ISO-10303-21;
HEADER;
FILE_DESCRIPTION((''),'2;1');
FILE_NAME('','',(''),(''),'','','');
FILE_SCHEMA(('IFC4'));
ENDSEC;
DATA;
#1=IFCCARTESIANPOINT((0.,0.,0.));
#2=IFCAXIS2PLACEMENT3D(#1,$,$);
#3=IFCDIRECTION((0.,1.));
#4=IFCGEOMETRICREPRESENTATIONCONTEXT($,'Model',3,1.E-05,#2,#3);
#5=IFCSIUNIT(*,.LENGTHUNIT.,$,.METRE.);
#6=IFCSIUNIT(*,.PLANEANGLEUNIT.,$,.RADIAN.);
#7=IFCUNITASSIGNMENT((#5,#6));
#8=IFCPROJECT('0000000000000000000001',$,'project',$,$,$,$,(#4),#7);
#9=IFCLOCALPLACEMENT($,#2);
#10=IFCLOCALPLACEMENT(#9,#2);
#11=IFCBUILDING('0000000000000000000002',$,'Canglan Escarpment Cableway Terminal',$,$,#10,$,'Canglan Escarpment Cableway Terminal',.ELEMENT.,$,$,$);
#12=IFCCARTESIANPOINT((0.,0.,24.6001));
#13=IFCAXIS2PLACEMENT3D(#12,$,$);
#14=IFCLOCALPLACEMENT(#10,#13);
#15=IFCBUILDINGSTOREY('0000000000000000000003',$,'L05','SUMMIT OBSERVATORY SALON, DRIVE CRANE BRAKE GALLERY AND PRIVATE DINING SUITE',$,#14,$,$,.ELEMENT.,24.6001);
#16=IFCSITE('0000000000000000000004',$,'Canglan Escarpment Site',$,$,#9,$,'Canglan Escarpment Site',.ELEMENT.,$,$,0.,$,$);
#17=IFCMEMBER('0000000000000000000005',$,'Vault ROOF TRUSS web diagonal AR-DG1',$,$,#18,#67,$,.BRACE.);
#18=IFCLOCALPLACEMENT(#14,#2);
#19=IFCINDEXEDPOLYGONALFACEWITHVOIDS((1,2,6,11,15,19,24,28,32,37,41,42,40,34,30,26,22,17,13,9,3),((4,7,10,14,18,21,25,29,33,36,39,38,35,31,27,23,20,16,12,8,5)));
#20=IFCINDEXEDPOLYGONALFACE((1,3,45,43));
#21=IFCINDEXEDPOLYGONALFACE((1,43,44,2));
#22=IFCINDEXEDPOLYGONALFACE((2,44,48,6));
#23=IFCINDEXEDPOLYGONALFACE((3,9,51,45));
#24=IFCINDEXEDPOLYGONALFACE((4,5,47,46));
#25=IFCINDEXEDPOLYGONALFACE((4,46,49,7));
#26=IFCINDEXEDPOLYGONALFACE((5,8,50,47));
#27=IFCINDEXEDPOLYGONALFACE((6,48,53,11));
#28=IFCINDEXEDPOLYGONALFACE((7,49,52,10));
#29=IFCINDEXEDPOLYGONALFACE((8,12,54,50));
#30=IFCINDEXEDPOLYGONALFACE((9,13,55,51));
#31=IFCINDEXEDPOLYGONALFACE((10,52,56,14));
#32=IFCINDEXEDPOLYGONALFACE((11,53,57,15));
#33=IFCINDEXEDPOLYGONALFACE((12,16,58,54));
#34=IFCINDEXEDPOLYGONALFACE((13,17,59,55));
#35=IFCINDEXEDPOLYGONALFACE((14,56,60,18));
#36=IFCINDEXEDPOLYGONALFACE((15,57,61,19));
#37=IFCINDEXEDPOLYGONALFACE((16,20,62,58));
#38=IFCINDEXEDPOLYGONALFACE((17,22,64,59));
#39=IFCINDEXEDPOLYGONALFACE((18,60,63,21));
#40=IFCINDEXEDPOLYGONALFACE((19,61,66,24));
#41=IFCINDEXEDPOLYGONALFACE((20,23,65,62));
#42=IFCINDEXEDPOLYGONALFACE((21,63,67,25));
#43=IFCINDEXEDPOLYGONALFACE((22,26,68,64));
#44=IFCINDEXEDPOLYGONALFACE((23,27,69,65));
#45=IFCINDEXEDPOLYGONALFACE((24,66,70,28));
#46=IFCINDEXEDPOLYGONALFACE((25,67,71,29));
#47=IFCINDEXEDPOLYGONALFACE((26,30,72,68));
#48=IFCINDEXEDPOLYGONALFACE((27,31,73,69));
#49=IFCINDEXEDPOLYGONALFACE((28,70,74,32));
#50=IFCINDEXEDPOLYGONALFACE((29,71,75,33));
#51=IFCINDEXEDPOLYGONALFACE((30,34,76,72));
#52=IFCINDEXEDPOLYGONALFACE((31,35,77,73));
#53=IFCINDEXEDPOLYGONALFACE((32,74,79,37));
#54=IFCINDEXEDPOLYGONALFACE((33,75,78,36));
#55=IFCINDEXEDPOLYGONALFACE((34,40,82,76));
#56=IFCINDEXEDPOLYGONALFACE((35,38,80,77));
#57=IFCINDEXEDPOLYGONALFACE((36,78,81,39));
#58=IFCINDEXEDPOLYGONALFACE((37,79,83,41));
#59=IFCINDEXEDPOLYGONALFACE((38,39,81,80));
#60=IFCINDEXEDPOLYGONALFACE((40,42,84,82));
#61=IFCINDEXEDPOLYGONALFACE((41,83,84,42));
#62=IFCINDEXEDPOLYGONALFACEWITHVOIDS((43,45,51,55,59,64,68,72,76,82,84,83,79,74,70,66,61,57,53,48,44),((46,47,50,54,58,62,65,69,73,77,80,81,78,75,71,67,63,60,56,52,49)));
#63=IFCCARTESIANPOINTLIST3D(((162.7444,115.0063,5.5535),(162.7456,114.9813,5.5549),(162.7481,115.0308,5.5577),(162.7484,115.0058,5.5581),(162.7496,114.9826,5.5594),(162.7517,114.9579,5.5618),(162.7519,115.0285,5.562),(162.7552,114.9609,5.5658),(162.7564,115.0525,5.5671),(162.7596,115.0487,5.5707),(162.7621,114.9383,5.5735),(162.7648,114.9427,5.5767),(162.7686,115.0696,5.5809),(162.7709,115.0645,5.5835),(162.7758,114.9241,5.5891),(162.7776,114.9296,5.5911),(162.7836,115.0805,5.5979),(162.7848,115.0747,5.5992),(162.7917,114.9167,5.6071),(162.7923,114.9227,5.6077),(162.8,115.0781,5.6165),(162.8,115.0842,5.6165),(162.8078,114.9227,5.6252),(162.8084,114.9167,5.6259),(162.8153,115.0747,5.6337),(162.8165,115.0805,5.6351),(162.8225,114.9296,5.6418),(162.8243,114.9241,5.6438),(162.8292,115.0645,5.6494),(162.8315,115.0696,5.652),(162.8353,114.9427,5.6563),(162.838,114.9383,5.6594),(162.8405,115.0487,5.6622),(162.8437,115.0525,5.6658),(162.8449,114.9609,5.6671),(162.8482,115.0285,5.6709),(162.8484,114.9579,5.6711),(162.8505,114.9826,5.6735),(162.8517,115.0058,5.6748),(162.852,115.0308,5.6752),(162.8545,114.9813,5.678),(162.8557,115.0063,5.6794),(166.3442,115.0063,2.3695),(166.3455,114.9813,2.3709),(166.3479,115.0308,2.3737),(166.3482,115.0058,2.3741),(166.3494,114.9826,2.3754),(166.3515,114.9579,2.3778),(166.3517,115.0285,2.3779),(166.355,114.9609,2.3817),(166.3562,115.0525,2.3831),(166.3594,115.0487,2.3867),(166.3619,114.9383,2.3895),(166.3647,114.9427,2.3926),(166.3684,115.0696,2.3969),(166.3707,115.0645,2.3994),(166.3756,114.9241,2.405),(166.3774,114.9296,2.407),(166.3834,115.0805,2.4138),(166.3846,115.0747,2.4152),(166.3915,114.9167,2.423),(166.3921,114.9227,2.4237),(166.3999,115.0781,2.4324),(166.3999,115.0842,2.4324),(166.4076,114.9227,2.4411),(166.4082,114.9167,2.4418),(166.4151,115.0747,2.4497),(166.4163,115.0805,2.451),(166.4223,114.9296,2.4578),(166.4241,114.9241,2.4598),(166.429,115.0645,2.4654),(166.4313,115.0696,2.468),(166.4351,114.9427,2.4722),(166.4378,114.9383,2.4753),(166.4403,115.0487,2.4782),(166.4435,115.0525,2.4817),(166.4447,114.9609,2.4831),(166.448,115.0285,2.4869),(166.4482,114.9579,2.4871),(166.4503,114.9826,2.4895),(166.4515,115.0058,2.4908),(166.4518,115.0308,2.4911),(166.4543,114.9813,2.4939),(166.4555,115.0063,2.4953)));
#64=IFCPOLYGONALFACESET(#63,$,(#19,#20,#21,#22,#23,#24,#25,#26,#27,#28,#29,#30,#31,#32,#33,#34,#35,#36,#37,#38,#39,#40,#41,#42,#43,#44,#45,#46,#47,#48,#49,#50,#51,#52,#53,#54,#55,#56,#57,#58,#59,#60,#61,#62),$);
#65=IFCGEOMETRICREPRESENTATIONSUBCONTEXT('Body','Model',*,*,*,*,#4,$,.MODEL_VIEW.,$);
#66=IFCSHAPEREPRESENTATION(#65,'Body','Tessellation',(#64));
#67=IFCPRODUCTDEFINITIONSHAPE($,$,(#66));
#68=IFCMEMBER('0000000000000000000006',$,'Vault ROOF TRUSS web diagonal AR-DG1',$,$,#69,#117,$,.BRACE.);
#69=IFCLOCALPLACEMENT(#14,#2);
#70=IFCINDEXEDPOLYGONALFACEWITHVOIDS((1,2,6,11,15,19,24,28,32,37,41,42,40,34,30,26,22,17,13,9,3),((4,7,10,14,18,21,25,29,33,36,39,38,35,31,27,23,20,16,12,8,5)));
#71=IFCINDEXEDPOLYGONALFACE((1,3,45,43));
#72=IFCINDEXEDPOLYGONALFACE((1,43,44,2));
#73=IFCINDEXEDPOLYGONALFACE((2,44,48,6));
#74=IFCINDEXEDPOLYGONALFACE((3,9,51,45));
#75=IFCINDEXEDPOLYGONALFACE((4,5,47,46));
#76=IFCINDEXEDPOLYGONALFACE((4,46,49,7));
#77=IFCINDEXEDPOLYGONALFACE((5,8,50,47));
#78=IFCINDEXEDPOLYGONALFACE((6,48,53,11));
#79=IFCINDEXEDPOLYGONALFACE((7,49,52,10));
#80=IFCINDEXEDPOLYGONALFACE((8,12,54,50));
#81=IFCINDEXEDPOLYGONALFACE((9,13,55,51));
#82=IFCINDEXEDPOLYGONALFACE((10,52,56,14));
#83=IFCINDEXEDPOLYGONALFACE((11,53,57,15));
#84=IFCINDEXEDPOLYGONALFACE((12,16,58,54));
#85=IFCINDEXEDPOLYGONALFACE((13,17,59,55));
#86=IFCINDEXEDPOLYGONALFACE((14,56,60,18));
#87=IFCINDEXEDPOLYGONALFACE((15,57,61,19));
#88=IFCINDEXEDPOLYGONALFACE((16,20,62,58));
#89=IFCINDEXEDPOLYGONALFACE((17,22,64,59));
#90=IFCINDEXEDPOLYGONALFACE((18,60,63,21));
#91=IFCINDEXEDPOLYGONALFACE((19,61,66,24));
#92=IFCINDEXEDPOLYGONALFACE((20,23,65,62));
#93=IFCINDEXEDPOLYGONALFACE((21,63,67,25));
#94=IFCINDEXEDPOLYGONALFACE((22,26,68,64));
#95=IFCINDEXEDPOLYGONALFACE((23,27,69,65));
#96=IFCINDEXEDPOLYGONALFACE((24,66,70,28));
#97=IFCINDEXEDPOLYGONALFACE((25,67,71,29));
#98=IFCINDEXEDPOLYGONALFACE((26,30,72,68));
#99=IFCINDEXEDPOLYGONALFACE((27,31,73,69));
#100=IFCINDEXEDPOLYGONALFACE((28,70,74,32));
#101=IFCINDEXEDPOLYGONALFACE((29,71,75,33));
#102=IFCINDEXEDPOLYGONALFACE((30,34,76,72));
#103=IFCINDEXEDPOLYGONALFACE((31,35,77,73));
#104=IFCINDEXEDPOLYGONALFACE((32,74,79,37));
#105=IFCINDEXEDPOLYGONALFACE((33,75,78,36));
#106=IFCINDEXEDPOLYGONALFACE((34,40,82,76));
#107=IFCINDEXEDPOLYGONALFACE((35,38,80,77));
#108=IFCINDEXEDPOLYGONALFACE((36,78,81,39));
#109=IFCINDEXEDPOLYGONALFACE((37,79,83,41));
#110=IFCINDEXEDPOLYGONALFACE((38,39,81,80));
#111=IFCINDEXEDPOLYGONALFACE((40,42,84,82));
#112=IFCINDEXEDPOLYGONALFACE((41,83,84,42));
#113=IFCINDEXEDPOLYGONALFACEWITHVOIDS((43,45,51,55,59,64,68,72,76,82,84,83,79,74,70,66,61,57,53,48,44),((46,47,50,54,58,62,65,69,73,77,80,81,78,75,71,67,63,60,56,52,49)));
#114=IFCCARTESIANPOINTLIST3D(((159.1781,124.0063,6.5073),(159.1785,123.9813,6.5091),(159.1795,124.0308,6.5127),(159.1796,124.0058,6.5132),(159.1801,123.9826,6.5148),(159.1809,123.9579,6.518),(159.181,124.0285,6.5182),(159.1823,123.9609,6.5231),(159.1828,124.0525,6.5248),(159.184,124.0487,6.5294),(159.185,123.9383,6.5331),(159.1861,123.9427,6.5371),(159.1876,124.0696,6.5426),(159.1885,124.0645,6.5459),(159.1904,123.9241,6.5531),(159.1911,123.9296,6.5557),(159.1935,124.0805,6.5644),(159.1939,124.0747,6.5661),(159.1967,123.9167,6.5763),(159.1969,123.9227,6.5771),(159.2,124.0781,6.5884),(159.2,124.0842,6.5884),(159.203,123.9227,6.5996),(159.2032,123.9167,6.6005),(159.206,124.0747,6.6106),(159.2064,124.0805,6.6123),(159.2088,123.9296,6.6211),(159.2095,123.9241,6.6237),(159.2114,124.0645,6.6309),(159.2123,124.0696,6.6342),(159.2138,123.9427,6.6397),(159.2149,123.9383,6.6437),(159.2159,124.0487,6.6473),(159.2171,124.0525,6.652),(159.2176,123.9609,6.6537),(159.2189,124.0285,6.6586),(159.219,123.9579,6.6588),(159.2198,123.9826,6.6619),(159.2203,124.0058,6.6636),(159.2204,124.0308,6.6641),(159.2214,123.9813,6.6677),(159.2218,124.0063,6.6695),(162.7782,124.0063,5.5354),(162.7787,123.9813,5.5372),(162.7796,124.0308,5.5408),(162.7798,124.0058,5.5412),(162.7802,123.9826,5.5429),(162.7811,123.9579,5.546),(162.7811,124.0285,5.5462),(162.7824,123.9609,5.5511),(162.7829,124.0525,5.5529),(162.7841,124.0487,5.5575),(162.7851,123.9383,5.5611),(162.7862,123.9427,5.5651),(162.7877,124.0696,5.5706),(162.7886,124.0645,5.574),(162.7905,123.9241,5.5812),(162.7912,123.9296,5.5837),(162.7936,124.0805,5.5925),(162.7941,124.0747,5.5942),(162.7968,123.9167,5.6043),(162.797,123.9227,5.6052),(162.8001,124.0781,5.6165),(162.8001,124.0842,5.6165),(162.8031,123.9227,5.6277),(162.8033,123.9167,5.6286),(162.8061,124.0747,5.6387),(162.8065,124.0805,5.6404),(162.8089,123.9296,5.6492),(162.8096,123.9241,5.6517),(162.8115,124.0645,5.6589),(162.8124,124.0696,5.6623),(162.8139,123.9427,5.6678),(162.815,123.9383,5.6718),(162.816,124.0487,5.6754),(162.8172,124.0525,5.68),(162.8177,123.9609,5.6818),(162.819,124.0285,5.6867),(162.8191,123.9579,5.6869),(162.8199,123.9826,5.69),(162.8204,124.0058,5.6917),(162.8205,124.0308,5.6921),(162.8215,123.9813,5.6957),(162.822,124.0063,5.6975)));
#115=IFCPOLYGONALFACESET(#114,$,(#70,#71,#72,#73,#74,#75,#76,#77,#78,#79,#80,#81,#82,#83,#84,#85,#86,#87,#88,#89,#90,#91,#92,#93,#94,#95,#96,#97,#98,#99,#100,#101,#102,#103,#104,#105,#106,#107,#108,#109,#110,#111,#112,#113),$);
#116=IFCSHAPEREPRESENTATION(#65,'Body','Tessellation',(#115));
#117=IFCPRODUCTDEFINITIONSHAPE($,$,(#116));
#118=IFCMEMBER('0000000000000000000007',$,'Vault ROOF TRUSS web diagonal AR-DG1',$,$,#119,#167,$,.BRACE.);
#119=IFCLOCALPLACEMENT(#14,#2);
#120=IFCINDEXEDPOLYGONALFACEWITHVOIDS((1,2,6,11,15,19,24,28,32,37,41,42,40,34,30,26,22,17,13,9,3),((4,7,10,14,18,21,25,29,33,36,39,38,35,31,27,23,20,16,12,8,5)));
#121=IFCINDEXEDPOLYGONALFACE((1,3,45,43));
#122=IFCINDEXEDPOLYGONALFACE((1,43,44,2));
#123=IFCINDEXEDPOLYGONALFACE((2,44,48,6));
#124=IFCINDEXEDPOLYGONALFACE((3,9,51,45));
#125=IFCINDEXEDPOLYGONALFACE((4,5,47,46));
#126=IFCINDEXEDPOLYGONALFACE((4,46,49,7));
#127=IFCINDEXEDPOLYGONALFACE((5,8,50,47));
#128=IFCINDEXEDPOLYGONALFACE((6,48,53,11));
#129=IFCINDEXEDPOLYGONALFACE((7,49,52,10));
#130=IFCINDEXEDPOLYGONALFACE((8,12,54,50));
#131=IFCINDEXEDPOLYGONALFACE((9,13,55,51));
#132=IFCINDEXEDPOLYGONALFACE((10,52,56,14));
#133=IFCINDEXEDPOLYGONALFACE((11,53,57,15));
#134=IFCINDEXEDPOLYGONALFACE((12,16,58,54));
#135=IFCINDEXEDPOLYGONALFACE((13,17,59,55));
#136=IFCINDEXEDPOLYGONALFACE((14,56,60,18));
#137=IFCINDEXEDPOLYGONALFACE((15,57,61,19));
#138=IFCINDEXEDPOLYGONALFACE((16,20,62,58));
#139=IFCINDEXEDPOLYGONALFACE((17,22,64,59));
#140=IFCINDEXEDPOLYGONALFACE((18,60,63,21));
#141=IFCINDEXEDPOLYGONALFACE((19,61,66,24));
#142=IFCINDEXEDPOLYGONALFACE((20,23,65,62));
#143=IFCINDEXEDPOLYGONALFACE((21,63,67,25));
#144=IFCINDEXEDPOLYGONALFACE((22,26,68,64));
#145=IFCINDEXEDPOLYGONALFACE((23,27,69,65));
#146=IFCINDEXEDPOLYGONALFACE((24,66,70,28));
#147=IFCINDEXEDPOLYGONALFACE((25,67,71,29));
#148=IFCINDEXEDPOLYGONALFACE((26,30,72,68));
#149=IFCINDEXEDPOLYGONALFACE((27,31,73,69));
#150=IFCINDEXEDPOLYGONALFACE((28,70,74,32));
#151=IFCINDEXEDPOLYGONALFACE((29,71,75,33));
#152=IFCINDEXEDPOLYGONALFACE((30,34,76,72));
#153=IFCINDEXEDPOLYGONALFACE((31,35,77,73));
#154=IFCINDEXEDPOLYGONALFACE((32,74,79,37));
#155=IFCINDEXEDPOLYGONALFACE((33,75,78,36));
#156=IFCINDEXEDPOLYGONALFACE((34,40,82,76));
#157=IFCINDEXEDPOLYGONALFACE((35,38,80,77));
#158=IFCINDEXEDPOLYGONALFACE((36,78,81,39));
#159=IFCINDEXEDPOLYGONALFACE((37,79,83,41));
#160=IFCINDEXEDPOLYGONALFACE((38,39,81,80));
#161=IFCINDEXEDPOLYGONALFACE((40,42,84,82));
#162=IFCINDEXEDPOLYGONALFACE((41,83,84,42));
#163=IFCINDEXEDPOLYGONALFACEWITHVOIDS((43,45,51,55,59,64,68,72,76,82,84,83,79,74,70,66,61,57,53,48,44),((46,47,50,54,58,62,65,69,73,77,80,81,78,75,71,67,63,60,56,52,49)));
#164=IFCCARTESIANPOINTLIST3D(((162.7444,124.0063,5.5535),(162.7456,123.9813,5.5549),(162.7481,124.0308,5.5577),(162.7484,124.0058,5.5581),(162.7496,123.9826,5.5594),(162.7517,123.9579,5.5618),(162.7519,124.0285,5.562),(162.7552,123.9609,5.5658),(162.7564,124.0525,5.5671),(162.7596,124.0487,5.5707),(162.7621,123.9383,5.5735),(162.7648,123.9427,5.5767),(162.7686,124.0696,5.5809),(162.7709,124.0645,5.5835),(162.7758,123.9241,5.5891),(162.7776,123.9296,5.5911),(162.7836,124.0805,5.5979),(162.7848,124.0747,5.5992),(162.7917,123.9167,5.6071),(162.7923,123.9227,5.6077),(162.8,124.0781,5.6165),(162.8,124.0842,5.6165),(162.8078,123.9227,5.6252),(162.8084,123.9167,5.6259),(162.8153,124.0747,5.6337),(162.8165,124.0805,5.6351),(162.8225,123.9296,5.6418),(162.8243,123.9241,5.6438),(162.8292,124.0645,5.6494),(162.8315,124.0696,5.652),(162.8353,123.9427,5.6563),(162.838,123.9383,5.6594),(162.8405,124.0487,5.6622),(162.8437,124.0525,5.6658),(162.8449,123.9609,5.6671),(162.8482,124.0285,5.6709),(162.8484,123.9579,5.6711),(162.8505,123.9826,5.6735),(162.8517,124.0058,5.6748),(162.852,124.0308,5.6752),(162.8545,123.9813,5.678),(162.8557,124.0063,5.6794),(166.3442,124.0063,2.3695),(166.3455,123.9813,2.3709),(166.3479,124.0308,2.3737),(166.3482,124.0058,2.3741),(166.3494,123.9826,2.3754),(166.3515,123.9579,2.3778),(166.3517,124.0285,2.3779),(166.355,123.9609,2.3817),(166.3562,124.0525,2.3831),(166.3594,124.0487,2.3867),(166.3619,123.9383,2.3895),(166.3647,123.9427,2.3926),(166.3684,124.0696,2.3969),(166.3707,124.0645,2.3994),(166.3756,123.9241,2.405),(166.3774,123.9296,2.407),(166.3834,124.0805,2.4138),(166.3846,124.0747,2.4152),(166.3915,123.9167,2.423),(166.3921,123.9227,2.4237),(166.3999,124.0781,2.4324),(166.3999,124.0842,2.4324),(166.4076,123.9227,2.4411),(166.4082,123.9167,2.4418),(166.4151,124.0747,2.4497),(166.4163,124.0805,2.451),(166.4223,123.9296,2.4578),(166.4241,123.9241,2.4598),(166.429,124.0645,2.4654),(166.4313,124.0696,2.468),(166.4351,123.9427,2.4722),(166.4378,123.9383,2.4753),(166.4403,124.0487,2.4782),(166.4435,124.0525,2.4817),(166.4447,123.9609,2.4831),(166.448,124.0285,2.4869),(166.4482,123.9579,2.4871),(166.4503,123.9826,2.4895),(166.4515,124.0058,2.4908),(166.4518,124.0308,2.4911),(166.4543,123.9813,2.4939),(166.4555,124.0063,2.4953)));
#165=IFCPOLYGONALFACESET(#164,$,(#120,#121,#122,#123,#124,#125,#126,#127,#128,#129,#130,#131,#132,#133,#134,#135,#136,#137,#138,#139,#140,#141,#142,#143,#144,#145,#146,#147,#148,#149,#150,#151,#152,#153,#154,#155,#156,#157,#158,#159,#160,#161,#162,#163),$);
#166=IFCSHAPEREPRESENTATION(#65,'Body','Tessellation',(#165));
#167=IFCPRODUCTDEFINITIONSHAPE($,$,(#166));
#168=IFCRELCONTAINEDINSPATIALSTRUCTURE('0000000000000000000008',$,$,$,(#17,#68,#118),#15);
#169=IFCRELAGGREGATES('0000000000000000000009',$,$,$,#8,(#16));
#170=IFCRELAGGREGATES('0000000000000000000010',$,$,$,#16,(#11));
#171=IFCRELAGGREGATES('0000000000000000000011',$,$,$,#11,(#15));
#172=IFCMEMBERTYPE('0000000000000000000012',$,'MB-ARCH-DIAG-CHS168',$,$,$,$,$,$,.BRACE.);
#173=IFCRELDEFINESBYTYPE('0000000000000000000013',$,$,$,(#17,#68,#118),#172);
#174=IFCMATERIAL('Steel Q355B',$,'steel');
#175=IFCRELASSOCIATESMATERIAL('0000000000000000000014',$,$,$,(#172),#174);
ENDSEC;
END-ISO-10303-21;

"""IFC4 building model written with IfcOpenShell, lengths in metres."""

from ifc_helpers import new_model, si_unit, direction, frame, origin, origin_2d, place, context, subcontext, project, spatial, hollow_circle, extrude, material, material_profile, profile_set, type_object, element, save


model = new_model("IFC4")

# Units and contexts
model_context = context("Model", 3, precision=1e-05, world=origin(), true_north=direction((0.0, 1.0)))
body_context = subcontext(model_context, "Body", "Model", "MODEL_VIEW")
ifc_project = project(units=[si_unit("LENGTHUNIT", "METRE"), si_unit("PLANEANGLEUNIT", "RADIAN")], contexts=[model_context])

# Site, building, storey
site_placement = place(None, origin())
site = spatial("IfcSite", under=ifc_project, at=site_placement, Name="Canglan Escarpment Site", LongName="Canglan Escarpment Site", CompositionType="ELEMENT", RefElevation=0.0)
building_placement = place(site_placement, origin())
building = spatial("IfcBuilding", under=site, at=building_placement, Name="Canglan Escarpment Cableway Terminal", LongName="Canglan Escarpment Cableway Terminal", CompositionType="ELEMENT")
storey_placement = place(building_placement, frame((0.0, 0.0, 24.6001)))
storey = spatial("IfcBuildingStorey", under=building, at=storey_placement, Name="L05", Description="SUMMIT OBSERVATORY SALON, DRIVE CRANE BRAKE GALLERY AND PRIVATE DINING SUITE", CompositionType="ELEMENT", Elevation=24.6001)

# Shared definitions
ifc_material_1 = material(Name="Steel Q355B", Category="steel")

# Members
ifc_material_profile_1 = material_profile(ifc_material_1, hollow_circle(Radius=0.0842, WallThickness=0.0061, at=origin_2d()), Name="CHS 168.3x6")
ifc_profile_set_1 = profile_set([ifc_material_profile_1], Name="Steel Q355B")
member_type_1 = type_object("IfcMemberType", Name="MB-ARCH-DIAG-CHS168", PredefinedType="BRACE", material=ifc_profile_set_1)
member_1_placement = place(storey_placement, frame((162.8, 115.0, 5.6165), z_axis=(0.749038, 0.0, -0.662527), x_axis=(0.0, 1.0, 0.0)))
element("IfcMember", 1, at=member_1_placement, inside=storey, type_object=member_type_1, Name="Vault ROOF TRUSS web diagonal AR-DG1", PredefinedType="BRACE", context=body_context, shape_type="SweptSolid", body=[
    extrude(hollow_circle(Radius=0.0842, WallThickness=0.0061, at=origin_2d()), origin(), (0.0, 0.0, 1.0), 4.8059),
])
member_2_placement = place(storey_placement, frame((159.2, 124.0, 6.5884), z_axis=(0.965436, 0.0, -0.26064), x_axis=(0.0, 1.0, 0.0)))
element("IfcMember", 2, at=member_2_placement, inside=storey, type_object=member_type_1, Name="Vault ROOF TRUSS web diagonal AR-DG1", PredefinedType="BRACE", context=body_context, shape_type="SweptSolid", body=[
    extrude(hollow_circle(Radius=0.0842, WallThickness=0.0061, at=origin_2d()), origin(), (0.0, 0.0, 1.0), 3.729),
])
member_3_placement = place(storey_placement, frame((162.8, 124.0, 5.6165), z_axis=(0.749038, 0.0, -0.662527), x_axis=(0.0, 1.0, 0.0)))
element("IfcMember", 3, at=member_3_placement, inside=storey, type_object=member_type_1, Name="Vault ROOF TRUSS web diagonal AR-DG1", PredefinedType="BRACE", context=body_context, shape_type="SweptSolid", body=[
    extrude(hollow_circle(Radius=0.0842, WallThickness=0.0061, at=origin_2d()), origin(), (0.0, 0.0, 1.0), 4.8059),
])

save(model, "model.ifc")
